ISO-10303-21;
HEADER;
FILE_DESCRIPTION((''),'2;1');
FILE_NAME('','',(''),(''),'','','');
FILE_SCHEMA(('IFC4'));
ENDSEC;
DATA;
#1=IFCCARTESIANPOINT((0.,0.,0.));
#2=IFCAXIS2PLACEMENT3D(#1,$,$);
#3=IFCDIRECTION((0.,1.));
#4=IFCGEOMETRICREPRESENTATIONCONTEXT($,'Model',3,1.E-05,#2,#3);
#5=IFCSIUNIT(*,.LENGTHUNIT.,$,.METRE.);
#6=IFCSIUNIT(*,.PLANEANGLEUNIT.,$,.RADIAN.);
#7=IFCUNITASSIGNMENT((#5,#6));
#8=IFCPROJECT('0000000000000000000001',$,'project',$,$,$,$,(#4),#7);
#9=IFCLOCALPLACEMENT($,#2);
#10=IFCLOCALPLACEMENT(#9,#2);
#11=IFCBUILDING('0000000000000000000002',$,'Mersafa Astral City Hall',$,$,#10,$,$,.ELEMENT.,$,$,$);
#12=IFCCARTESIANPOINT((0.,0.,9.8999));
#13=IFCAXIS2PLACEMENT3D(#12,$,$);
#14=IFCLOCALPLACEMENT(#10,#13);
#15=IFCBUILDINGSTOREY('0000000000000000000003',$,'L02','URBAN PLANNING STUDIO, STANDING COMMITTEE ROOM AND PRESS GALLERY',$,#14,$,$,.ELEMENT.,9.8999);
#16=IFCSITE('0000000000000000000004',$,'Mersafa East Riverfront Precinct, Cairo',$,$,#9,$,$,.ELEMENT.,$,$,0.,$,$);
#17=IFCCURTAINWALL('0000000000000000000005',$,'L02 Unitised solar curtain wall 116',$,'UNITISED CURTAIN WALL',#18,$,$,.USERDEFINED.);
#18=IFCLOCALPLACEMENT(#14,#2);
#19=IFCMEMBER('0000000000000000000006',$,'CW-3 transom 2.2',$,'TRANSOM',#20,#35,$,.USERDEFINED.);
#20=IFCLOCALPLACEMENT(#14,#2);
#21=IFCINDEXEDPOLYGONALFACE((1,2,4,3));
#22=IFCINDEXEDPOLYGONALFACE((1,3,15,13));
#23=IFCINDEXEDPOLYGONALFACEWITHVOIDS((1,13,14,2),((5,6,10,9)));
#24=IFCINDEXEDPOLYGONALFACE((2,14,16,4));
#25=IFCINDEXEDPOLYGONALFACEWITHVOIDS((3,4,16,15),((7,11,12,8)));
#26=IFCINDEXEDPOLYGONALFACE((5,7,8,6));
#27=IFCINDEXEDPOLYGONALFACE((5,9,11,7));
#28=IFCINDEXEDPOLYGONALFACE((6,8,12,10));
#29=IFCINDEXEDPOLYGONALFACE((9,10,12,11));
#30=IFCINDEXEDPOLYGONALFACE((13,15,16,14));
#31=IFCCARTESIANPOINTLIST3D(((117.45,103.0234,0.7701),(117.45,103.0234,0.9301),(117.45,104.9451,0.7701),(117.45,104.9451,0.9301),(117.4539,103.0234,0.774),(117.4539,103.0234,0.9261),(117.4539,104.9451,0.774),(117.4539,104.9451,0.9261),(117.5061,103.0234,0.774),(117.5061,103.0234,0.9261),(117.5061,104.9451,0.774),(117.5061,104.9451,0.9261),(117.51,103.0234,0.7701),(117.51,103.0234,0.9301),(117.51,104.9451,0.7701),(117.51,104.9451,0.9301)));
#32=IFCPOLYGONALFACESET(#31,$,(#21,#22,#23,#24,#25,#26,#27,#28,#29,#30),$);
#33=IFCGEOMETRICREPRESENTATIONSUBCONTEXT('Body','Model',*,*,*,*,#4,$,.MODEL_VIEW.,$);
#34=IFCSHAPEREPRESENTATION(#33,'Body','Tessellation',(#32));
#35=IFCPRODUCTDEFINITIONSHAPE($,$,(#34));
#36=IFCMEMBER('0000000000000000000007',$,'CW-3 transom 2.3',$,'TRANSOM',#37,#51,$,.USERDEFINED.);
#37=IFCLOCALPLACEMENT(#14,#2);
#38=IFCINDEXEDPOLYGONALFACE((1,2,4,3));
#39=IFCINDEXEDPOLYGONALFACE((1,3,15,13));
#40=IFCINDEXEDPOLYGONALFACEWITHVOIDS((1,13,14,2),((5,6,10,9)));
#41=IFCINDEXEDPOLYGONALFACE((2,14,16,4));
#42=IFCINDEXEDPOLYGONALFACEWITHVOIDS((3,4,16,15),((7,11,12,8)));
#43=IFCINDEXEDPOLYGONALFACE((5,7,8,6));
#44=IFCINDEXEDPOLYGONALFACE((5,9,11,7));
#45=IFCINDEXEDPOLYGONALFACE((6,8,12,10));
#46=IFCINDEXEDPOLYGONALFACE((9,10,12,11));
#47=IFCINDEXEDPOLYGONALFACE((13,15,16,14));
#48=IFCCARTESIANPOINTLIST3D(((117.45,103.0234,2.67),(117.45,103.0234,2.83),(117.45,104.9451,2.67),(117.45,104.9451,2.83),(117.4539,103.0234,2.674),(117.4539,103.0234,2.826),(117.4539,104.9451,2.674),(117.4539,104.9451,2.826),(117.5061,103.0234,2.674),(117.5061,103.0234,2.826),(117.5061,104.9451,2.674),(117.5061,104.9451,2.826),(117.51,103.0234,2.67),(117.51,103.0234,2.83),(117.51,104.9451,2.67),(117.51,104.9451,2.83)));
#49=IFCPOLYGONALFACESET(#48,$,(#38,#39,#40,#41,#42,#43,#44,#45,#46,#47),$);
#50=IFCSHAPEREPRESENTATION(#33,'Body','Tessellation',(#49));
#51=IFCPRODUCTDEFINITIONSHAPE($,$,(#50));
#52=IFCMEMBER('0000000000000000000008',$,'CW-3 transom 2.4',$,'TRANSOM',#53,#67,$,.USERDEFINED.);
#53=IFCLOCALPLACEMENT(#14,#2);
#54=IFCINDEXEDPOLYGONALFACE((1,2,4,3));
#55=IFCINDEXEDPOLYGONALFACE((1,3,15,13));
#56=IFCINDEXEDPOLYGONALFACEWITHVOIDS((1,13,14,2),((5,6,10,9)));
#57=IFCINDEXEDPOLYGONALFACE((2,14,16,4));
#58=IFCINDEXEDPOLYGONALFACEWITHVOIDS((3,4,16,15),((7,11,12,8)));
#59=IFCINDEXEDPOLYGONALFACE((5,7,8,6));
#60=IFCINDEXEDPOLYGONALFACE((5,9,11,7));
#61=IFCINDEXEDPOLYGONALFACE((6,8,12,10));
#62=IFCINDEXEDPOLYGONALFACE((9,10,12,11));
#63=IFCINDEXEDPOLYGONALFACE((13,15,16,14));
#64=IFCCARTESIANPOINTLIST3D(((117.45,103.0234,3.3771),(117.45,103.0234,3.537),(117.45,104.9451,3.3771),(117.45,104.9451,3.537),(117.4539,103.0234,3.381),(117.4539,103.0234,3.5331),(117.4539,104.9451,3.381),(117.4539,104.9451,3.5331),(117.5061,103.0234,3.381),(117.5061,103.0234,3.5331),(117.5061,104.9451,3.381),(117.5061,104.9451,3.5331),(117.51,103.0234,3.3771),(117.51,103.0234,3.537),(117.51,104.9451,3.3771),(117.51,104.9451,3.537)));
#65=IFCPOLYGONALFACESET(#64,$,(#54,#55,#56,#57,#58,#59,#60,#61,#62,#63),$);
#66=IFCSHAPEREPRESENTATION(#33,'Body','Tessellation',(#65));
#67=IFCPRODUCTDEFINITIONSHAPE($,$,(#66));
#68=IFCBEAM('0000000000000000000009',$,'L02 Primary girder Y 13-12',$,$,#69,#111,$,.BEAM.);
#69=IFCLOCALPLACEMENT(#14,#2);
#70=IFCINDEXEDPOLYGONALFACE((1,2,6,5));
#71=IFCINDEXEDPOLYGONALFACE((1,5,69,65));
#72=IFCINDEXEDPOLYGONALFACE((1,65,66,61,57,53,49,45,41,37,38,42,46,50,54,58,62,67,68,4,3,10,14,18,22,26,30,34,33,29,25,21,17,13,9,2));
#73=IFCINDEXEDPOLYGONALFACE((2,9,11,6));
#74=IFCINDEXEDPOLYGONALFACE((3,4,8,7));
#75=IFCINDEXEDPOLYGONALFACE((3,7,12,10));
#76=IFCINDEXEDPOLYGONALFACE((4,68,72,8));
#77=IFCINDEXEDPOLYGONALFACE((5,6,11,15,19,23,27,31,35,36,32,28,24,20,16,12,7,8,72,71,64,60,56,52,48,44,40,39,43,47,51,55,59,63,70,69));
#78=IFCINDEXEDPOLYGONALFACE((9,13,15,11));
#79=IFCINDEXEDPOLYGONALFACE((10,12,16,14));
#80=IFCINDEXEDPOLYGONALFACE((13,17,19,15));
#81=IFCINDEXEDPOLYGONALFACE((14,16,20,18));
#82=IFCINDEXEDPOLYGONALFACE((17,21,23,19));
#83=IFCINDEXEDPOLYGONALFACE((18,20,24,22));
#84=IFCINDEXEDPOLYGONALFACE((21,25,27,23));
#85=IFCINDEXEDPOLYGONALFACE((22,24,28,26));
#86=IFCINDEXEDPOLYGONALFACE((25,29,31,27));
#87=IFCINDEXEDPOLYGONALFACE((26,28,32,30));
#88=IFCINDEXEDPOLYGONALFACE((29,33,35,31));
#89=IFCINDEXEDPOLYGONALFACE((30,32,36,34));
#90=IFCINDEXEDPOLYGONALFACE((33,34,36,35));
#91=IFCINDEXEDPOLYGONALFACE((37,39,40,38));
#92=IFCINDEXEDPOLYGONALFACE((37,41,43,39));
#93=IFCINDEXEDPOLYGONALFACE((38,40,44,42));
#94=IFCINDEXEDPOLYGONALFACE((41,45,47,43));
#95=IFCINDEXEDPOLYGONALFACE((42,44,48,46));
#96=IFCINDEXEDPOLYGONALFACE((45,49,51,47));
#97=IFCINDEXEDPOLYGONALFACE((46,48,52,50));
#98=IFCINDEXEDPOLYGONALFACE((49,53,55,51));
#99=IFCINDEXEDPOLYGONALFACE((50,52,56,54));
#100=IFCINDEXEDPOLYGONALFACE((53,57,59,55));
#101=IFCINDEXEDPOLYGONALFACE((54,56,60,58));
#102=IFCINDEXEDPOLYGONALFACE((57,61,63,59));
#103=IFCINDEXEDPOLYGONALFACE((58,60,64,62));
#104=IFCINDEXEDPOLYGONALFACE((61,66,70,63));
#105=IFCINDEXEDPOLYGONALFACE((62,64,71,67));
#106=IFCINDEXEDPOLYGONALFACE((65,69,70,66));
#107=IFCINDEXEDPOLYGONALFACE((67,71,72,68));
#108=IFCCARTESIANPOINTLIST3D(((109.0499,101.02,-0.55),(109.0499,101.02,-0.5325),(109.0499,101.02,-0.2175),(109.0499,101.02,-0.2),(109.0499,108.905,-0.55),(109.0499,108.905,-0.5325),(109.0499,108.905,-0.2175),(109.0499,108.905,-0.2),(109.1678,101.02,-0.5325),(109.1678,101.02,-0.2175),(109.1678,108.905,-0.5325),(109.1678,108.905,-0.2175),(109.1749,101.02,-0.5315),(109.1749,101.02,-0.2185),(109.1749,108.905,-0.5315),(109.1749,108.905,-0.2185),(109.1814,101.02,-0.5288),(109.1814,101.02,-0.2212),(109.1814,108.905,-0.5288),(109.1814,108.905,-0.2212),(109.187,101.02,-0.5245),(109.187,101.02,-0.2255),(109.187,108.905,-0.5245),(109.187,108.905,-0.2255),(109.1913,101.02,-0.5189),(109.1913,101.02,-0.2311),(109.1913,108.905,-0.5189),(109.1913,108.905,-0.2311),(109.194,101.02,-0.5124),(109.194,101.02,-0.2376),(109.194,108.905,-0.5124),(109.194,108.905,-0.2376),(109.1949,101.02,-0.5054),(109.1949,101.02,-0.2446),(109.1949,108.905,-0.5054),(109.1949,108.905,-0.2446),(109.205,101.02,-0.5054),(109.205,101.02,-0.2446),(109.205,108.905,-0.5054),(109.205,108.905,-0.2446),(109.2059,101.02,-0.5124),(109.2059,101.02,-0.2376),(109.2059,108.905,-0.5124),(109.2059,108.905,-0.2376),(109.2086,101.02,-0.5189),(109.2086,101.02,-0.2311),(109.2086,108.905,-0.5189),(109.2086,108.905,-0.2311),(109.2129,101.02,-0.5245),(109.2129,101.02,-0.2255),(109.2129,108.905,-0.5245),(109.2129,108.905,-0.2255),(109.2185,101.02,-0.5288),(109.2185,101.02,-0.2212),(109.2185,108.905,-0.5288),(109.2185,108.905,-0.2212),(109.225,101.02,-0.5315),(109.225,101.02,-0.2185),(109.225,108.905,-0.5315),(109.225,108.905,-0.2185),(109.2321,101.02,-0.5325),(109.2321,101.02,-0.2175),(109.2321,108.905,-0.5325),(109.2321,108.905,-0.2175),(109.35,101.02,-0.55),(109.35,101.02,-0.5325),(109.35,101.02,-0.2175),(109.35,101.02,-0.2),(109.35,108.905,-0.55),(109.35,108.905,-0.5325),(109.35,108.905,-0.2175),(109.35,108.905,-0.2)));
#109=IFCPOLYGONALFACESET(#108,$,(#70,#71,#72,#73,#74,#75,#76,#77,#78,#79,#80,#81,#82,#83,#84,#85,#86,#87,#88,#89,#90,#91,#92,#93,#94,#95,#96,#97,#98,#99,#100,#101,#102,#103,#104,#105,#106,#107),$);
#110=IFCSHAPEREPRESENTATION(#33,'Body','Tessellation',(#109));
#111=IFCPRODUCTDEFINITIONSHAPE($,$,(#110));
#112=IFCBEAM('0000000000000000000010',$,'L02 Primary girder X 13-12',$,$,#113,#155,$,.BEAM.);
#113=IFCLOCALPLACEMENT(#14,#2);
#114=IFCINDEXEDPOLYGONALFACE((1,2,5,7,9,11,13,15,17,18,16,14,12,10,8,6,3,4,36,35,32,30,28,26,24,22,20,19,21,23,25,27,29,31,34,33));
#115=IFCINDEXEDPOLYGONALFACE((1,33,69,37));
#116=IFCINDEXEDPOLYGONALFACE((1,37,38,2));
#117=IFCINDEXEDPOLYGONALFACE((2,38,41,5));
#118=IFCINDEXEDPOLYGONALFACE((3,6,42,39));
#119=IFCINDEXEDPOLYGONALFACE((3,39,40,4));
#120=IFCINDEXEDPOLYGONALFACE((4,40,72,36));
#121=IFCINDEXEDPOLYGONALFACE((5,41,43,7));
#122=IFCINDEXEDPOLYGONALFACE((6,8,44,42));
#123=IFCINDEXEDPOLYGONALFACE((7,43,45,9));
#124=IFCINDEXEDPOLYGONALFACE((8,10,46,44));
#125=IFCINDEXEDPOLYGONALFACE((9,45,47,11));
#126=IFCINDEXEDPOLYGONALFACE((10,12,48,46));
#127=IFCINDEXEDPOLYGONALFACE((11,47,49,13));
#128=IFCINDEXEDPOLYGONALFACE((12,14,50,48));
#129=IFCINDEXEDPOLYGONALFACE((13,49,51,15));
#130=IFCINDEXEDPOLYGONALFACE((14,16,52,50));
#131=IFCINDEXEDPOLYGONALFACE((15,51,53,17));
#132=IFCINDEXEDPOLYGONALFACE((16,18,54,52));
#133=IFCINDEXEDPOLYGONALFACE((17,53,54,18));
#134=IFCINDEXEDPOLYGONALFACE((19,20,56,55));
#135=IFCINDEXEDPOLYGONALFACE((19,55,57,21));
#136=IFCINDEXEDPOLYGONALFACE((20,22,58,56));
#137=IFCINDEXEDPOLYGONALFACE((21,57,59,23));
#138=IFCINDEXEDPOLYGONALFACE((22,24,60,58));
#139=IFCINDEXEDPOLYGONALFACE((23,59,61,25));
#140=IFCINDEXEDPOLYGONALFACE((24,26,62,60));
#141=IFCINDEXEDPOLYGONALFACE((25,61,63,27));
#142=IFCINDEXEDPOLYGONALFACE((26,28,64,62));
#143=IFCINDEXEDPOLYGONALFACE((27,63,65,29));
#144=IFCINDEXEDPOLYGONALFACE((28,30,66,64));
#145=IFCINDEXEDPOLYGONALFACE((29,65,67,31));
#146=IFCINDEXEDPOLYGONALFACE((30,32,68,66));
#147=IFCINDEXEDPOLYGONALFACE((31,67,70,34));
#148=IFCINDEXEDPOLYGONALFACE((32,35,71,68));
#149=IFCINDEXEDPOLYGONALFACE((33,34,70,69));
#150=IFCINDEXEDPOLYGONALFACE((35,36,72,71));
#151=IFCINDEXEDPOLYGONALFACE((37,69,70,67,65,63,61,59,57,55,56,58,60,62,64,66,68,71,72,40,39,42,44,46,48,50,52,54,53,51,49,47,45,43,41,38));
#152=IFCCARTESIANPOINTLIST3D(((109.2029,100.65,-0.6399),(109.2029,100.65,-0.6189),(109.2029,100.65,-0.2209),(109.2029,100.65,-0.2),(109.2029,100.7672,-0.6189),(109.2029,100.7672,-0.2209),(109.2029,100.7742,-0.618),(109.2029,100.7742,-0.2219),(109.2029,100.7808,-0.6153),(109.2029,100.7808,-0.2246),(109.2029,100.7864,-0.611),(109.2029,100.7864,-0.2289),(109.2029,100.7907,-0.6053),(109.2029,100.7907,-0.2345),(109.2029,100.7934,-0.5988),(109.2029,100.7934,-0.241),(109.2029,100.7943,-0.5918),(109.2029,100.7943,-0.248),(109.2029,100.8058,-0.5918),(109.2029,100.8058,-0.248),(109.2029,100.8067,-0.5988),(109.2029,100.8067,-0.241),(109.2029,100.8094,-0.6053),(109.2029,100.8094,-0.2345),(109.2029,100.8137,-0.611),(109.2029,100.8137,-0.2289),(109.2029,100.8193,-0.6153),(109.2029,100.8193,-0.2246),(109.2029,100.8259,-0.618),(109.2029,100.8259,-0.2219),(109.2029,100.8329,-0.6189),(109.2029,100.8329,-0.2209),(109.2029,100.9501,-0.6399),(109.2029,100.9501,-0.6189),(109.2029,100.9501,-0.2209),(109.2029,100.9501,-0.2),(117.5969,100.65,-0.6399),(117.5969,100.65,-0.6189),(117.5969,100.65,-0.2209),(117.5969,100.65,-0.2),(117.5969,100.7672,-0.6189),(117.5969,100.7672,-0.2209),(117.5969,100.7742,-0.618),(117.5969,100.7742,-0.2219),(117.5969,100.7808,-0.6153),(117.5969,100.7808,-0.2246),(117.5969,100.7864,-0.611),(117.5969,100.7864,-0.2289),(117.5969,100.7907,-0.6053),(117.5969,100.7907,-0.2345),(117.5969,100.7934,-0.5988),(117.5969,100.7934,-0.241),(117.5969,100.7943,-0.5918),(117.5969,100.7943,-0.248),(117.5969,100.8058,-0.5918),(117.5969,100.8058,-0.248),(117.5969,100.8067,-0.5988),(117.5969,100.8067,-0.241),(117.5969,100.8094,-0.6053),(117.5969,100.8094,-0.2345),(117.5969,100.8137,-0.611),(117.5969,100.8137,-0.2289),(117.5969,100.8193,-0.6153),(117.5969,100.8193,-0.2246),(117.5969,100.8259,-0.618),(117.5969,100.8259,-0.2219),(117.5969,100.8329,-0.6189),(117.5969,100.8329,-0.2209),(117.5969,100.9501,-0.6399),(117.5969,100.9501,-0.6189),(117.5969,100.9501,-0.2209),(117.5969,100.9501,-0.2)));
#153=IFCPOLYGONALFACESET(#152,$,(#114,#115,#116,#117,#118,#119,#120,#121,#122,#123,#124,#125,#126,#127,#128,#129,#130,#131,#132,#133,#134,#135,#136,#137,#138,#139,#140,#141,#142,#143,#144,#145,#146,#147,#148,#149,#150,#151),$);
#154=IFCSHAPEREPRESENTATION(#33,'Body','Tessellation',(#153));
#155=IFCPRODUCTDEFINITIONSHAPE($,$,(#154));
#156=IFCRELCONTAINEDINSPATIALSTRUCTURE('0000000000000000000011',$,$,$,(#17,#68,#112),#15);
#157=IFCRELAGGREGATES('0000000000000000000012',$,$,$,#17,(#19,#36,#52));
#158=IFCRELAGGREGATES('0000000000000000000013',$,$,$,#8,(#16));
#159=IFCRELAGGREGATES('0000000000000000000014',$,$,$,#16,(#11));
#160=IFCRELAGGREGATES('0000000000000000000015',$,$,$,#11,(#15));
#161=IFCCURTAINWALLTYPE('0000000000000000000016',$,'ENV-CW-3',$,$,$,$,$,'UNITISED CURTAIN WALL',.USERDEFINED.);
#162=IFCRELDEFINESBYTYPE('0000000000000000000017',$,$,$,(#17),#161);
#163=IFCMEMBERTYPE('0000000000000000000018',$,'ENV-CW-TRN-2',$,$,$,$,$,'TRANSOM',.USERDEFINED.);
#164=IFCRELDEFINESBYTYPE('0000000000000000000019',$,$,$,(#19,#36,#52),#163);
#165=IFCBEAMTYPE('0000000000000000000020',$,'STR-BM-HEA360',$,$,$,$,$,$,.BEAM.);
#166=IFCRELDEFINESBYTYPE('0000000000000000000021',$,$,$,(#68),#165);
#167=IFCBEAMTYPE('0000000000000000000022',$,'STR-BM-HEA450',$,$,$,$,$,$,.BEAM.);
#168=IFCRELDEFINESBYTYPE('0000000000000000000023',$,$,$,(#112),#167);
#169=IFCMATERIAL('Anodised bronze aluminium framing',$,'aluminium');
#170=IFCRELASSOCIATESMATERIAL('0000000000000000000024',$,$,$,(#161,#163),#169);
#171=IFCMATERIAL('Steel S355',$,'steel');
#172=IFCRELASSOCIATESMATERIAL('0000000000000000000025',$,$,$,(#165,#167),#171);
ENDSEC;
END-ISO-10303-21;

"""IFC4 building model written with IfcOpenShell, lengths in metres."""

from ifc_helpers import new_model, si_unit, direction, frame, origin, origin_2d, place, context, subcontext, project, spatial, hollow_rectangle, i_section, extrude, material, material_profile, profile_set, type_object, element, aggregate, save


model = new_model("IFC4")

# Units and contexts
model_context = context("Model", 3, precision=1e-05, world=origin(), true_north=direction((0.0, 1.0)))
body_context = subcontext(model_context, "Body", "Model", "MODEL_VIEW")
ifc_project = project(units=[si_unit("LENGTHUNIT", "METRE"), si_unit("PLANEANGLEUNIT", "RADIAN")], contexts=[model_context])

# Site, building, storey
site_placement = place(None, origin())
site = spatial("IfcSite", under=ifc_project, at=site_placement, Name="Mersafa East Riverfront Precinct, Cairo", CompositionType="ELEMENT", RefElevation=0.0)
building_placement = place(site_placement, origin())
building = spatial("IfcBuilding", under=site, at=building_placement, Name="Mersafa Astral City Hall", CompositionType="ELEMENT")
storey_placement = place(building_placement, frame((0.0, 0.0, 9.8999)))
storey = spatial("IfcBuildingStorey", under=building, at=storey_placement, Name="L02", Description="URBAN PLANNING STUDIO, STANDING COMMITTEE ROOM AND PRESS GALLERY", CompositionType="ELEMENT", Elevation=9.8999)

# Shared definitions
ifc_material_1 = material(Name="Steel S355", Category="steel")

# Curtain wall, members
ifc_material_2 = material(Name="Anodised bronze aluminium framing", Category="aluminium")
curtain_wall_type = type_object("IfcCurtainWallType", Name="ENV-CW-3", ElementType="UNITISED CURTAIN WALL", PredefinedType="USERDEFINED", material=ifc_material_2)
curtain_wall_placement = place(storey_placement, origin())
curtain_wall = element("IfcCurtainWall", 1, at=curtain_wall_placement, inside=storey, type_object=curtain_wall_type, Name="L02 Unitised solar curtain wall 116", ObjectType="UNITISED CURTAIN WALL", PredefinedType="USERDEFINED")
ifc_material_profile_1 = material_profile(ifc_material_2, hollow_rectangle(XDim=0.0601, YDim=0.1599, WallThickness=0.0039, at=origin_2d()), Name="RHS 60x160x4")
ifc_profile_set_1 = profile_set([ifc_material_profile_1], Name="Anodised bronze aluminium framing")
member_type_1 = type_object("IfcMemberType", Name="ENV-CW-TRN-2", ElementType="TRANSOM", PredefinedType="USERDEFINED", material=ifc_profile_set_1)
member_1_placement = place(storey_placement, frame((117.48, 103.0234, 0.8501), z_axis=(0.0, 1.0, 0.0), x_axis=(-1.0, 0.0, 0.0)))
member_1 = element("IfcMember", 2, at=member_1_placement, type_object=member_type_1, Name="CW-3 transom 2.2", ObjectType="TRANSOM", PredefinedType="USERDEFINED", context=body_context, shape_type="SweptSolid", body=[
    extrude(hollow_rectangle(XDim=0.0601, YDim=0.1599, WallThickness=0.0039, at=origin_2d()), origin(), (0.0, 0.0, 1.0), 1.9216),
])
member_2_placement = place(storey_placement, frame((117.48, 103.0234, 2.75), z_axis=(0.0, 1.0, 0.0), x_axis=(-1.0, 0.0, 0.0)))
member_2 = element("IfcMember", 3, at=member_2_placement, type_object=member_type_1, Name="CW-3 transom 2.3", ObjectType="TRANSOM", PredefinedType="USERDEFINED", context=body_context, shape_type="SweptSolid", body=[
    extrude(hollow_rectangle(XDim=0.0601, YDim=0.1599, WallThickness=0.0039, at=origin_2d()), origin(), (0.0, 0.0, 1.0), 1.9216),
])
member_3_placement = place(storey_placement, frame((117.48, 103.0234, 3.457), z_axis=(0.0, 1.0, 0.0), x_axis=(-1.0, 0.0, 0.0)))
member_3 = element("IfcMember", 4, at=member_3_placement, type_object=member_type_1, Name="CW-3 transom 2.4", ObjectType="TRANSOM", PredefinedType="USERDEFINED", context=body_context, shape_type="SweptSolid", body=[
    extrude(hollow_rectangle(XDim=0.0601, YDim=0.1599, WallThickness=0.0039, at=origin_2d()), origin(), (0.0, 0.0, 1.0), 1.9216),
])

# Beams
ifc_material_profile_2 = material_profile(ifc_material_1, i_section(OverallWidth=0.3, OverallDepth=0.3501, WebThickness=0.01, FlangeThickness=0.0176, FilletRadius=0.0271, at=origin_2d()), Name="HEA 360")
ifc_profile_set_2 = profile_set([ifc_material_profile_2], Name="Steel S355")
beam_type_1 = type_object("IfcBeamType", Name="STR-BM-HEA360", PredefinedType="BEAM", material=ifc_profile_set_2)
beam_1_placement = place(storey_placement, frame((109.2, 101.02, -0.375), z_axis=(0.0, 1.0, 0.0), x_axis=(-1.0, 0.0, 0.0)))
element("IfcBeam", 5, at=beam_1_placement, inside=storey, type_object=beam_type_1, Name="L02 Primary girder Y 13-12", PredefinedType="BEAM", context=body_context, shape_type="SweptSolid", body=[
    extrude(i_section(OverallWidth=0.3, OverallDepth=0.3501, WebThickness=0.01, FlangeThickness=0.0176, FilletRadius=0.0271, at=origin_2d()), origin(), (0.0, 0.0, 1.0), 7.885),
])
ifc_material_profile_3 = material_profile(ifc_material_1, i_section(OverallWidth=0.3, OverallDepth=0.4399, WebThickness=0.0115, FlangeThickness=0.021, FilletRadius=0.0271, at=origin_2d()), Name="HEA 450")
ifc_profile_set_3 = profile_set([ifc_material_profile_3], Name="Steel S355")
beam_type_2 = type_object("IfcBeamType", Name="STR-BM-HEA450", PredefinedType="BEAM", material=ifc_profile_set_3)
beam_2_placement = place(storey_placement, frame((109.2029, 100.8, -0.4199), z_axis=(1.0, 0.0, 0.0), x_axis=(0.0, 1.0, 0.0)))
element("IfcBeam", 6, at=beam_2_placement, inside=storey, type_object=beam_type_2, Name="L02 Primary girder X 13-12", PredefinedType="BEAM", context=body_context, shape_type="SweptSolid", body=[
    extrude(i_section(OverallWidth=0.3, OverallDepth=0.4399, WebThickness=0.0115, FlangeThickness=0.021, FilletRadius=0.0271, at=origin_2d()), origin(), (0.0, 0.0, 1.0), 8.394),
])

aggregate(curtain_wall, [member_1, member_2, member_3])

save(model, "model.ifc")
